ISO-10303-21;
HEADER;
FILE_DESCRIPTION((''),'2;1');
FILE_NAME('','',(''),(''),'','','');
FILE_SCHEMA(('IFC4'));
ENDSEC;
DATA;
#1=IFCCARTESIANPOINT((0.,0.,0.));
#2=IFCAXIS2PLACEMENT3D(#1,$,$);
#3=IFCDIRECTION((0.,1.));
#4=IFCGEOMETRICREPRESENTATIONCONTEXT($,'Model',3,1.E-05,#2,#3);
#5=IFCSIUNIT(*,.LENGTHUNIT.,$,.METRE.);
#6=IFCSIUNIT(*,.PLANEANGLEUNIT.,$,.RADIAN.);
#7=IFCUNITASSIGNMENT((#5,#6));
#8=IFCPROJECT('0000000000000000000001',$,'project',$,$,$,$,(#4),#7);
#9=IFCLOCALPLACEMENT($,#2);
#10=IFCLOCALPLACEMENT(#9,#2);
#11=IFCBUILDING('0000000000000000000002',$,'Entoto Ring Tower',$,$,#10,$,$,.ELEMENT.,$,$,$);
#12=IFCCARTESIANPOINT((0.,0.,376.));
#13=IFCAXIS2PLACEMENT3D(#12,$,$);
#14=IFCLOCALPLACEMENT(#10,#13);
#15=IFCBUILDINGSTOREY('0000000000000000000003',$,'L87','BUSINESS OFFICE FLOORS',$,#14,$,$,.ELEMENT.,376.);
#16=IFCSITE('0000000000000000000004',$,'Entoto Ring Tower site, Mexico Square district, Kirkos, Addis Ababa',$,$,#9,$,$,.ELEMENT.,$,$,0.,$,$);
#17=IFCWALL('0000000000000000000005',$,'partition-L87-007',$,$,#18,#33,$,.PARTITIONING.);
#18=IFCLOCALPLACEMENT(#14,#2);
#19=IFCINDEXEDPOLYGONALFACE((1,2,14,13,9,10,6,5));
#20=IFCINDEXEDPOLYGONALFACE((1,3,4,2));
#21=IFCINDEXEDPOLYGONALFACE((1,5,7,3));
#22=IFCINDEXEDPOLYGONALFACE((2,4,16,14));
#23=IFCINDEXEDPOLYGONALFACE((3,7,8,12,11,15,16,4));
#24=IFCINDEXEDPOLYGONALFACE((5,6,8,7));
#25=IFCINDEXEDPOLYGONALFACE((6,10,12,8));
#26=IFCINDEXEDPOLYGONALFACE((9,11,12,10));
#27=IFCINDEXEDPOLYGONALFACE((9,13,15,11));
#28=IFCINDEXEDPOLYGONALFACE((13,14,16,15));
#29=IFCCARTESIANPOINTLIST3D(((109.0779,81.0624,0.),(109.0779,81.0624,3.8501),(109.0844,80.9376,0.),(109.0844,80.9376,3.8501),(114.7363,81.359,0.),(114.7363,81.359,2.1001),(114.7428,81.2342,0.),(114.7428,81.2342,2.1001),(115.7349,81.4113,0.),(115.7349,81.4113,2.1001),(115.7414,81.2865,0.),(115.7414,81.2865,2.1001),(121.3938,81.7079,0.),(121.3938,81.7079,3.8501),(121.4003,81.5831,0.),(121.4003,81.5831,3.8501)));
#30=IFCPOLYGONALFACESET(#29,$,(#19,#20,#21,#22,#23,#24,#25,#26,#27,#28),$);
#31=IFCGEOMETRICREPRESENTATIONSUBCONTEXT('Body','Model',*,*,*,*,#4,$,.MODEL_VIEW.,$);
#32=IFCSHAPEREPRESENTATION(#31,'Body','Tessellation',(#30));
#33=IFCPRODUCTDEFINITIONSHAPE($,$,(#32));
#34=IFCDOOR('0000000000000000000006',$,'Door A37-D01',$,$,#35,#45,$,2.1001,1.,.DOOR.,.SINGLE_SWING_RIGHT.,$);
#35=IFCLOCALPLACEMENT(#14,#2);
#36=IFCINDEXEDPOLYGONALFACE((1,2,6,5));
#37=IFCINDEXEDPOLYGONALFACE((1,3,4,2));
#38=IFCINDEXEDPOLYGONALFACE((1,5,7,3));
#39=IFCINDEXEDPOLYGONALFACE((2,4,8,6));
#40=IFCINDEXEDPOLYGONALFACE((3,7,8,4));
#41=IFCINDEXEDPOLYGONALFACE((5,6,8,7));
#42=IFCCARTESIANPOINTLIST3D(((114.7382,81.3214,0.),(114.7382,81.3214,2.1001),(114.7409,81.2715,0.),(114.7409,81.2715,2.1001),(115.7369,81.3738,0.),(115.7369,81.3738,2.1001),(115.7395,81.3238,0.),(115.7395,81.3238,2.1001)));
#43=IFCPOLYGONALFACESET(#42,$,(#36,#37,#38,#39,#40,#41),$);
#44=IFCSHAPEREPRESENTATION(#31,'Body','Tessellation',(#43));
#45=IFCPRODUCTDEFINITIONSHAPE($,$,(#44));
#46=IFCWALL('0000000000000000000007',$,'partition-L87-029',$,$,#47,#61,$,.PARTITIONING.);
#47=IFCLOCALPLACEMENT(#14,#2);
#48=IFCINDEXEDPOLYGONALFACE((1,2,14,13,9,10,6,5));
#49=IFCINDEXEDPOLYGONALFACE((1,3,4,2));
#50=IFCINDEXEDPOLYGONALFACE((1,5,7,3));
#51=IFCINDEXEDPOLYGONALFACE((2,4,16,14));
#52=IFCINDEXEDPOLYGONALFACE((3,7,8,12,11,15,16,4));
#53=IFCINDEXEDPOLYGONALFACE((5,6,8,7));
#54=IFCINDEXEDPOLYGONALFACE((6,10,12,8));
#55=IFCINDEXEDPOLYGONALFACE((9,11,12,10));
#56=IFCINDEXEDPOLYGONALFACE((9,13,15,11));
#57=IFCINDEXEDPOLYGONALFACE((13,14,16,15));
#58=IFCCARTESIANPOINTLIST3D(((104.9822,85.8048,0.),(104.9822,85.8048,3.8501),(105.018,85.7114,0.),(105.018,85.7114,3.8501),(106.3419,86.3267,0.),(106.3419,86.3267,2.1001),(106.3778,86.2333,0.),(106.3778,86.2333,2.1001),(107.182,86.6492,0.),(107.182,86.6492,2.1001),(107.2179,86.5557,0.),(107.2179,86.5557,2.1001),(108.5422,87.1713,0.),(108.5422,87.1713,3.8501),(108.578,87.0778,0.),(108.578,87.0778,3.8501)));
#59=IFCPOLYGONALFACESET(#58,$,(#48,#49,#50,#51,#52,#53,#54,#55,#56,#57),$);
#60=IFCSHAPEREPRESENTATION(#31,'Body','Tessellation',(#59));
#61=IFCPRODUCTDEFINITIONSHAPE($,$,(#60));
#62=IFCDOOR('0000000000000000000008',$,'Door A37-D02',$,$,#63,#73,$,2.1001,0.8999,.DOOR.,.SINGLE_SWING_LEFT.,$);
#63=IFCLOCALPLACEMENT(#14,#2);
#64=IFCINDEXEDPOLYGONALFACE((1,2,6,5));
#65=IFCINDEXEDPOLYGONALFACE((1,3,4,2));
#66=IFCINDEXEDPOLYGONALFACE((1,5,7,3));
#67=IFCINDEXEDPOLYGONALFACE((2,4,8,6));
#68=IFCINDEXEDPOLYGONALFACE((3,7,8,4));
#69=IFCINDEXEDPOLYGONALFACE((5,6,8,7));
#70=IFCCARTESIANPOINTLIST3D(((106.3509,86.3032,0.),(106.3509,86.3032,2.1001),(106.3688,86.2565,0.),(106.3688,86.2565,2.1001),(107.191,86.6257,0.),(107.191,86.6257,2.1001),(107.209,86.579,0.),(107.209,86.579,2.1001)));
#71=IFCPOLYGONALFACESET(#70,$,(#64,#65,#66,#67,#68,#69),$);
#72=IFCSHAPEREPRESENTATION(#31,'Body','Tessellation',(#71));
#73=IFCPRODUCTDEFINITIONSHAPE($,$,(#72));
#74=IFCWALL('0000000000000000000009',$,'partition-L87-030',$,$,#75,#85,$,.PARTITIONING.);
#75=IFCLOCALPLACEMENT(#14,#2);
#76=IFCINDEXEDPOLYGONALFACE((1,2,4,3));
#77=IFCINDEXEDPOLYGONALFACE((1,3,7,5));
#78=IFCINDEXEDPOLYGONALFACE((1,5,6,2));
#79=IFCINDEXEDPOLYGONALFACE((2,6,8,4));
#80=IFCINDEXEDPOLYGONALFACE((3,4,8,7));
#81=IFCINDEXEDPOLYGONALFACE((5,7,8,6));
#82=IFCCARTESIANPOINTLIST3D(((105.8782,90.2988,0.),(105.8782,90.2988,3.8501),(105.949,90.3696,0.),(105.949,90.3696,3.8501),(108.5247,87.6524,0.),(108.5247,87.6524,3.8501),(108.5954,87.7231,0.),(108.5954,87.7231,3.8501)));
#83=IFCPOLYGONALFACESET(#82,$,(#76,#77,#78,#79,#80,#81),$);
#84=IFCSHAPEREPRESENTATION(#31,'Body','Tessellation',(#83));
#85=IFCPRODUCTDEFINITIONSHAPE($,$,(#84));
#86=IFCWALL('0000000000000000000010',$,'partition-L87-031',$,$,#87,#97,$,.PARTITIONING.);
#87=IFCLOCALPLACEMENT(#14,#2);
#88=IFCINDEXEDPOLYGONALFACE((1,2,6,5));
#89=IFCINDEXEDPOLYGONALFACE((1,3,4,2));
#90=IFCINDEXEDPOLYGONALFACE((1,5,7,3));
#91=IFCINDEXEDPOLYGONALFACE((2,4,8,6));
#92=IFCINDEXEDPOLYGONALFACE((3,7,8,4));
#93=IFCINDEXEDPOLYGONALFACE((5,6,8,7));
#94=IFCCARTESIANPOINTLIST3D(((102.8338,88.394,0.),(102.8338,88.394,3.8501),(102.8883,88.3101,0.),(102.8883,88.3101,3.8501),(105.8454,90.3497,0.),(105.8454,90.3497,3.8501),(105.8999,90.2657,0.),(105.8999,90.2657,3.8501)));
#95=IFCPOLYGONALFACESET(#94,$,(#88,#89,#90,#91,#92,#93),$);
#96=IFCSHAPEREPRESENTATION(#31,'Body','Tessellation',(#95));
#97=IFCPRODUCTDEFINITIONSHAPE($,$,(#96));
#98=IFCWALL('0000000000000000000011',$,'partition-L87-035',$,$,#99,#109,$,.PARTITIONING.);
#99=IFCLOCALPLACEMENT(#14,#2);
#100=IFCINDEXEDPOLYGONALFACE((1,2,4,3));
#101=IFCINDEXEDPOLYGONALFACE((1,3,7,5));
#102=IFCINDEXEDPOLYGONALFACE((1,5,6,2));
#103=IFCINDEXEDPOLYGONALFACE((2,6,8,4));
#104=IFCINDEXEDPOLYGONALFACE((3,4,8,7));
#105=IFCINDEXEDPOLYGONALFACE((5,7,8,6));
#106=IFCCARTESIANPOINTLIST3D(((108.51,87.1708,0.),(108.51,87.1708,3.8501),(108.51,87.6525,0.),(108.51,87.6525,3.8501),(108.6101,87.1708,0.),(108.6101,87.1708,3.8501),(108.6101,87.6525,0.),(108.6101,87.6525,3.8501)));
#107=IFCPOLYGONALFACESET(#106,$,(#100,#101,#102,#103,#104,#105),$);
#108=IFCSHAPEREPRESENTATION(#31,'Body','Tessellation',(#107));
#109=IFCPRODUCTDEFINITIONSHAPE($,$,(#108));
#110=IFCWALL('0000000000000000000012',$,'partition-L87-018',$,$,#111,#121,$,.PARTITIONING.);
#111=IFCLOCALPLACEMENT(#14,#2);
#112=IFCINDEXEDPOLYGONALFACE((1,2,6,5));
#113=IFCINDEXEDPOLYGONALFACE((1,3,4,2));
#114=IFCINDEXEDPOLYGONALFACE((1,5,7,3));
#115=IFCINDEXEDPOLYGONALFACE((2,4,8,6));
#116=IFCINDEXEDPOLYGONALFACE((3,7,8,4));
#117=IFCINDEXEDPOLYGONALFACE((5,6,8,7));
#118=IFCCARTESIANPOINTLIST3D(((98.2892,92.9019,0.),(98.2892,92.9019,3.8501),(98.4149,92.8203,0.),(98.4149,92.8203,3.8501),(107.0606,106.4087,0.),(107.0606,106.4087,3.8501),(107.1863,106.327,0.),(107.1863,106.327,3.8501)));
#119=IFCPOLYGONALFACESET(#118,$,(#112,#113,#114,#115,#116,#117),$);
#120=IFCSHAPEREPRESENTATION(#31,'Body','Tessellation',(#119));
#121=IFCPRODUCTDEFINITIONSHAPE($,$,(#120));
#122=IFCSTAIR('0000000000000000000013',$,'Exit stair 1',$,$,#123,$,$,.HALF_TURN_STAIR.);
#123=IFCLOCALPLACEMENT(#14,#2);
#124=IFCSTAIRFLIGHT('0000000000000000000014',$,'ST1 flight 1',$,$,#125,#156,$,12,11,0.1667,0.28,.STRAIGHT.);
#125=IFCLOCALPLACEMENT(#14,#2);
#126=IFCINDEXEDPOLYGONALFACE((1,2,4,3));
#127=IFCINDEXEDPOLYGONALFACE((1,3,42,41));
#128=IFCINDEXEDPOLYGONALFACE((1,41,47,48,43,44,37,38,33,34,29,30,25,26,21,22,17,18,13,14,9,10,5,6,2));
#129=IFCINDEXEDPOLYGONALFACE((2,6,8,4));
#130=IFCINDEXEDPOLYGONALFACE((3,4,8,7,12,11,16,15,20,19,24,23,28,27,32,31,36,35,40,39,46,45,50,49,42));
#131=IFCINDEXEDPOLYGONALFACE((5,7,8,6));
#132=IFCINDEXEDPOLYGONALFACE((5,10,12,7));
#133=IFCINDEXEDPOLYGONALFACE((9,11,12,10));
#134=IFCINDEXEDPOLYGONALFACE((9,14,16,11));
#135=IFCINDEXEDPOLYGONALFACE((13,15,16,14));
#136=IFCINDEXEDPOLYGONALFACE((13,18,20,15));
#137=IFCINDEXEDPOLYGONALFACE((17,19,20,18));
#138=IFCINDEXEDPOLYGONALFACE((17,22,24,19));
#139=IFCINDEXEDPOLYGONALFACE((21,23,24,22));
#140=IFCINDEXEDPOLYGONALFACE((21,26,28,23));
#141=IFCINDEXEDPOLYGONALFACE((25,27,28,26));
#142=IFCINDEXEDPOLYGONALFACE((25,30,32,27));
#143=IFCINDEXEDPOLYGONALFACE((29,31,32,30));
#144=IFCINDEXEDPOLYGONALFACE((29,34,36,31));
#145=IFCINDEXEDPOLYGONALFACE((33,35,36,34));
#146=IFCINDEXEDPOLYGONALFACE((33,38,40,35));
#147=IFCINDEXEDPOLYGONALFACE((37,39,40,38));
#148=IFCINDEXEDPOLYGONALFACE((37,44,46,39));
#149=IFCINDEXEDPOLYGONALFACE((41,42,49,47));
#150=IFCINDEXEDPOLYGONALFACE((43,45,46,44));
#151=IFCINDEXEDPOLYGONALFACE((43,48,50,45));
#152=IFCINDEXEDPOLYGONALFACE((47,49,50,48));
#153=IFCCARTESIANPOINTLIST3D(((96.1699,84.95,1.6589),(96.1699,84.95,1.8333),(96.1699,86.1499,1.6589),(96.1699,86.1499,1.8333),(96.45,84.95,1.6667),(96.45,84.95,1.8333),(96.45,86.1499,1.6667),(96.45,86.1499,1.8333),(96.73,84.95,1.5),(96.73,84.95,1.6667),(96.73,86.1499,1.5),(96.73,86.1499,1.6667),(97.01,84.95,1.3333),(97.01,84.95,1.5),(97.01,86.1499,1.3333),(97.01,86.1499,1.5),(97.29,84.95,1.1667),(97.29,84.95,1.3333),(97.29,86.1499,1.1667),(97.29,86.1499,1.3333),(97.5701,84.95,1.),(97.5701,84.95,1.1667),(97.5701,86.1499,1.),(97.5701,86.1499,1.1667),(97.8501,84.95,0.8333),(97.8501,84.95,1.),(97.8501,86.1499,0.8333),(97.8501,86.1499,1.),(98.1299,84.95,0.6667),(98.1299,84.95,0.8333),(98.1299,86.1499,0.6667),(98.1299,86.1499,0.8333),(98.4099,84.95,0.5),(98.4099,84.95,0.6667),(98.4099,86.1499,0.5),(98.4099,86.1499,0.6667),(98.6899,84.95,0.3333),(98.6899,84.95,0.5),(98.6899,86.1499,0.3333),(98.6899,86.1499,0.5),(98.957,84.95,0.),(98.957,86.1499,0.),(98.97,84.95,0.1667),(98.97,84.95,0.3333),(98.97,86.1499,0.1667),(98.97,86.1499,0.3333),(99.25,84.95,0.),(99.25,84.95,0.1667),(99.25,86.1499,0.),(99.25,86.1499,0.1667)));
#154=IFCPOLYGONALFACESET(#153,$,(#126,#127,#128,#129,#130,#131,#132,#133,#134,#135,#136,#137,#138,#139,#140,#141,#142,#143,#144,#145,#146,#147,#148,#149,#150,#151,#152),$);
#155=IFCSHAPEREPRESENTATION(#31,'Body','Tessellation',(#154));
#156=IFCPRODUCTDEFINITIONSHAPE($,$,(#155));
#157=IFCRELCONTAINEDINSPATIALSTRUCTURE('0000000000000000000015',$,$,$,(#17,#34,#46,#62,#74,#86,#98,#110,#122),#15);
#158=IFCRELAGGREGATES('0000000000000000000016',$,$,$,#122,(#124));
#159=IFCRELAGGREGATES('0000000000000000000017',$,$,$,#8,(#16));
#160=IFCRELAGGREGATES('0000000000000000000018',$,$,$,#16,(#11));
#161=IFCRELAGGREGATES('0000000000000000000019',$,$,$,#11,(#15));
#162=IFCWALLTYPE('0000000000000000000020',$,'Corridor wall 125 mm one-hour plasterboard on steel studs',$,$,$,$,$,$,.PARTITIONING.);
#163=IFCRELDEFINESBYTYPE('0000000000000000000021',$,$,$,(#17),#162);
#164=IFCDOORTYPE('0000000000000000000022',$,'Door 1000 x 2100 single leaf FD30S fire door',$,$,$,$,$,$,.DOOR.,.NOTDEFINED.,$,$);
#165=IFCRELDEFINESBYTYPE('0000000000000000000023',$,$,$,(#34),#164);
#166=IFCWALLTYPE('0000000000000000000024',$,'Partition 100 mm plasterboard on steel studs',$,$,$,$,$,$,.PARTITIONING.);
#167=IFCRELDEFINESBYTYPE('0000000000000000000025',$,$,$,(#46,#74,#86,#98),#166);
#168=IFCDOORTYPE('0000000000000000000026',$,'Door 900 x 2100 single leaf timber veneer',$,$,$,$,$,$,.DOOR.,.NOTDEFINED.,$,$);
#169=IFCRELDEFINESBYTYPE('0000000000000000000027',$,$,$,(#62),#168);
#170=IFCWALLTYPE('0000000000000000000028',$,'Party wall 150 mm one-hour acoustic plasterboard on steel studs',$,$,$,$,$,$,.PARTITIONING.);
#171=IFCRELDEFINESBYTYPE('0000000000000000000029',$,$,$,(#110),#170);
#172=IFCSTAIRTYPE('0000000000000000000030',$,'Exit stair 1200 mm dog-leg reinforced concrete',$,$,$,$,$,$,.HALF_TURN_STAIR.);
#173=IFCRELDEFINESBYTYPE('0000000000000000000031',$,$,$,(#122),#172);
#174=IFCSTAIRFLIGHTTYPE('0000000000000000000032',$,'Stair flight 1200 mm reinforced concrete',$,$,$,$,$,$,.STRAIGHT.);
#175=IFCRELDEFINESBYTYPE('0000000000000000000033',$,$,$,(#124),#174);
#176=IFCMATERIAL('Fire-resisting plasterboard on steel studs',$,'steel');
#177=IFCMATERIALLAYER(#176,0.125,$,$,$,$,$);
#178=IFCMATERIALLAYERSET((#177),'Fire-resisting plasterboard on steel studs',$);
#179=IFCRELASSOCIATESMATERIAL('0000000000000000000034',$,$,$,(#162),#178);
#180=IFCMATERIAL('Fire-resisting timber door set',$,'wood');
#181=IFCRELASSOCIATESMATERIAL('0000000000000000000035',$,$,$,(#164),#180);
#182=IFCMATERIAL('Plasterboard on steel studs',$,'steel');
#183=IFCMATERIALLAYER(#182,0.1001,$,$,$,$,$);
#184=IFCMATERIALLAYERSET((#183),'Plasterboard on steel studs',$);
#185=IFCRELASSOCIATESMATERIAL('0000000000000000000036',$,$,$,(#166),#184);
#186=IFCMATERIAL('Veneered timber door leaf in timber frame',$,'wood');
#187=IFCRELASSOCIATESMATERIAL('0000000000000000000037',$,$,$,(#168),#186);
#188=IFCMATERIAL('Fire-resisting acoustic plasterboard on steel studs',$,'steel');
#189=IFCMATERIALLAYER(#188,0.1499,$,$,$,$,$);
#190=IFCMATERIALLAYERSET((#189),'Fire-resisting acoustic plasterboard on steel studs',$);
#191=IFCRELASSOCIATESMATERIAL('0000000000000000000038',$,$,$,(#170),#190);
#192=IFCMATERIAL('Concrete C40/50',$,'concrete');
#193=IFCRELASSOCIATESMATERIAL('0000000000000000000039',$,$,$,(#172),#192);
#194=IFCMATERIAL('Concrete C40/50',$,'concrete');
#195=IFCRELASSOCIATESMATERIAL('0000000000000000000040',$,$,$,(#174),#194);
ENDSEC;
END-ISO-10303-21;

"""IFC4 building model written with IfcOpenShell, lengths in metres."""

from ifc_helpers import new_model, si_unit, direction, frame, frame_2d, origin, place, context, subcontext, project, spatial, polyline, rectangle, outline, extrude, material, layer, layer_set, type_object, element, fill, aggregate, save


model = new_model("IFC4")

# Units and contexts
model_context = context("Model", 3, precision=1e-05, world=origin(), true_north=direction((0.0, 1.0)))
body_context = subcontext(model_context, "Body", "Model", "MODEL_VIEW")
ifc_project = project(units=[si_unit("LENGTHUNIT", "METRE"), si_unit("PLANEANGLEUNIT", "RADIAN")], contexts=[model_context])

# Site, building, storey
site_placement = place(None, origin())
site = spatial("IfcSite", under=ifc_project, at=site_placement, Name="Entoto Ring Tower site, Mexico Square district, Kirkos, Addis Ababa", CompositionType="ELEMENT", RefElevation=0.0)
building_placement = place(site_placement, origin())
building = spatial("IfcBuilding", under=site, at=building_placement, Name="Entoto Ring Tower", CompositionType="ELEMENT")
storey_placement = place(building_placement, frame((0.0, 0.0, 376.0)))
storey = spatial("IfcBuildingStorey", under=building, at=storey_placement, Name="L87", Description="BUSINESS OFFICE FLOORS", CompositionType="ELEMENT", Elevation=376.0)

# Walls, openings, doors
ifc_material_1 = material(Name="Fire-resisting plasterboard on steel studs", Category="steel")
ifc_layer_1 = layer(ifc_material_1, 0.125)
ifc_layer_set_1 = layer_set([ifc_layer_1], Name="Fire-resisting plasterboard on steel studs")
wall_type_1 = type_object("IfcWallType", Name="Corridor wall 125 mm one-hour plasterboard on steel studs", PredefinedType="PARTITIONING", material=ifc_layer_set_1)
wall_1_placement = place(storey_placement, frame((109.0811, 81.0, 0.0), z_axis=(0.0, 0.0, 1.0), x_axis=(0.998629, 0.052341, 0.0)))
wall_1 = element("IfcWall", 1, at=wall_1_placement, inside=storey, type_object=wall_type_1, Name="partition-L87-007", PredefinedType="PARTITIONING", context=body_context, shape_type="SweptSolid", body=[
    extrude(rectangle(XDim=12.3328, YDim=0.125, at=frame_2d((6.1665, 0.0))), origin(), (0.0, 0.0, 1.0), 3.8501),
])
opening_1_placement = place(wall_1_placement, frame((5.6663, 0.0, 0.0)))
opening_1 = element("IfcOpeningElement", 2, at=opening_1_placement, cuts=wall_1, PredefinedType="OPENING", context=body_context, shape_type="SweptSolid", body=[
    extrude(rectangle(XDim=1.0, YDim=2.1001, at=frame_2d((0.5, 1.05))), frame((0.0, 0.0725, 0.0), z_axis=(0.0, -1.0, 0.0), x_axis=(1.0, 0.0, 0.0)), (0.0, 0.0, 1.0), 0.145),
])
ifc_material_2 = material(Name="Fire-resisting timber door set", Category="wood")
door_type_1 = type_object("IfcDoorType", Name="Door 1000 x 2100 single leaf FD30S fire door", OperationType="NOTDEFINED", PredefinedType="DOOR", material=ifc_material_2)
door_1_placement = place(opening_1_placement, origin())
door_1 = element("IfcDoor", 3, at=door_1_placement, inside=storey, type_object=door_type_1, Name="Door A37-D01", OperationType="SINGLE_SWING_RIGHT", OverallHeight=2.1001, OverallWidth=1.0, PredefinedType="DOOR", context=body_context, shape_type="SweptSolid", body=[
    extrude(rectangle(XDim=1.0, YDim=2.1001, at=frame_2d((0.5, 1.05))), frame((0.0, 0.0249, 0.0), z_axis=(0.0, -1.0, 0.0), x_axis=(1.0, 0.0, 0.0)), (0.0, 0.0, 1.0), 0.05),
])
fill(opening_1, door_1)
ifc_material_3 = material(Name="Plasterboard on steel studs", Category="steel")
ifc_layer_2 = layer(ifc_material_3, 0.1001)
ifc_layer_set_2 = layer_set([ifc_layer_2], Name="Plasterboard on steel studs")
wall_type_2 = type_object("IfcWallType", Name="Partition 100 mm plasterboard on steel studs", PredefinedType="PARTITIONING", material=ifc_layer_set_2)
wall_2_placement = place(storey_placement, frame((105.0, 85.7581, 0.0), z_axis=(0.0, 0.0, 1.0), x_axis=(0.933591, 0.35834, 0.0)))
wall_2 = element("IfcWall", 4, at=wall_2_placement, inside=storey, type_object=wall_type_2, Name="partition-L87-029", PredefinedType="PARTITIONING", context=body_context, shape_type="SweptSolid", body=[
    extrude(rectangle(XDim=3.8132, YDim=0.1001, at=frame_2d((1.9067, 0.0))), origin(), (0.0, 0.0, 1.0), 3.8501),
])
opening_2_placement = place(wall_2_placement, frame((1.4565, 0.0, 0.0)))
opening_2 = element("IfcOpeningElement", 5, at=opening_2_placement, cuts=wall_2, PredefinedType="OPENING", context=body_context, shape_type="SweptSolid", body=[
    extrude(rectangle(XDim=0.8999, YDim=2.1001, at=frame_2d((0.45, 1.05))), frame((0.0, 0.0601, 0.0), z_axis=(0.0, -1.0, 0.0), x_axis=(1.0, 0.0, 0.0)), (0.0, 0.0, 1.0), 0.1201),
])
ifc_material_4 = material(Name="Veneered timber door leaf in timber frame", Category="wood")
door_type_2 = type_object("IfcDoorType", Name="Door 900 x 2100 single leaf timber veneer", OperationType="NOTDEFINED", PredefinedType="DOOR", material=ifc_material_4)
door_2_placement = place(opening_2_placement, origin())
door_2 = element("IfcDoor", 6, at=door_2_placement, inside=storey, type_object=door_type_2, Name="Door A37-D02", OperationType="SINGLE_SWING_LEFT", OverallHeight=2.1001, OverallWidth=0.8999, PredefinedType="DOOR", context=body_context, shape_type="SweptSolid", body=[
    extrude(rectangle(XDim=0.8999, YDim=2.1001, at=frame_2d((0.45, 1.05))), frame((0.0, 0.0249, 0.0), z_axis=(0.0, -1.0, 0.0), x_axis=(1.0, 0.0, 0.0)), (0.0, 0.0, 1.0), 0.05),
])
fill(opening_2, door_2)

# Walls
wall_3_placement = place(storey_placement, frame((108.5601, 87.6877, 0.0), z_axis=(0.0, 0.0, 1.0), x_axis=(-0.707107, 0.707107, 0.0)))
element("IfcWall", 7, at=wall_3_placement, inside=storey, type_object=wall_type_2, Name="partition-L87-030", PredefinedType="PARTITIONING", context=body_context, shape_type="SweptSolid", body=[
    extrude(rectangle(XDim=3.7427, YDim=0.1001, at=frame_2d((1.8713, 0.0))), origin(), (0.0, 0.0, 1.0), 3.8501),
])
wall_4_placement = place(storey_placement, frame((102.8611, 88.3521, 0.0), z_axis=(0.0, 0.0, 1.0), x_axis=(0.838684, 0.544618, 0.0)))
element("IfcWall", 8, at=wall_4_placement, inside=storey, type_object=wall_type_2, Name="partition-L87-031", PredefinedType="PARTITIONING", context=body_context, shape_type="SweptSolid", body=[
    extrude(rectangle(XDim=3.5908, YDim=0.1001, at=frame_2d((1.7954, 0.0))), origin(), (0.0, 0.0, 1.0), 3.8501),
])
wall_5_placement = place(storey_placement, frame((108.5601, 87.1709, 0.0), z_axis=(0.0, 0.0, 1.0), x_axis=(0.0, 1.0, 0.0)))
element("IfcWall", 9, at=wall_5_placement, inside=storey, type_object=wall_type_2, Name="partition-L87-035", PredefinedType="PARTITIONING", context=body_context, shape_type="SweptSolid", body=[
    extrude(rectangle(XDim=0.4817, YDim=0.1001, at=frame_2d((0.2407, 0.0))), origin(), (0.0, 0.0, 1.0), 3.8501),
])
ifc_material_5 = material(Name="Fire-resisting acoustic plasterboard on steel studs", Category="steel")
ifc_layer_3 = layer(ifc_material_5, 0.1499)
ifc_layer_set_3 = layer_set([ifc_layer_3], Name="Fire-resisting acoustic plasterboard on steel studs")
wall_type_3 = type_object("IfcWallType", Name="Party wall 150 mm one-hour acoustic plasterboard on steel studs", PredefinedType="PARTITIONING", material=ifc_layer_set_3)
wall_6_placement = place(storey_placement, frame((98.3521, 92.8611, 0.0), z_axis=(0.0, 0.0, 1.0), x_axis=(0.544641, 0.838669, 0.0)))
element("IfcWall", 10, at=wall_6_placement, inside=storey, type_object=wall_type_3, Name="partition-L87-018", PredefinedType="PARTITIONING", context=body_context, shape_type="SweptSolid", body=[
    extrude(rectangle(XDim=16.105, YDim=0.1499, at=frame_2d((8.0525, 0.0))), origin(), (0.0, 0.0, 1.0), 3.8501),
])

# Stair, stair flight
ifc_material_6 = material(Name="Concrete C40/50", Category="concrete")
stair_type = type_object("IfcStairType", Name="Exit stair 1200 mm dog-leg reinforced concrete", PredefinedType="HALF_TURN_STAIR", material=ifc_material_6)
stair_placement = place(storey_placement, origin())
stair = element("IfcStair", 11, at=stair_placement, inside=storey, type_object=stair_type, Name="Exit stair 1", PredefinedType="HALF_TURN_STAIR")
ifc_material_7 = material(Name="Concrete C40/50", Category="concrete")
stair_flight_type = type_object("IfcStairFlightType", Name="Stair flight 1200 mm reinforced concrete", PredefinedType="STRAIGHT", material=ifc_material_7)
stair_flight_placement = place(storey_placement, frame((99.25, 85.55, 0.0), z_axis=(0.0, 0.0, 1.0), x_axis=(-1.0, 0.0, 0.0)))
stair_flight = element("IfcStairFlight", 12, at=stair_flight_placement, type_object=stair_flight_type, Name="ST1 flight 1", NumberOfRisers=12, NumberOfTreads=11, PredefinedType="STRAIGHT", RiserHeight=0.1667, TreadLength=0.28, context=body_context, shape_type="SweptSolid", body=[
    extrude(outline(polyline([(0.0, 0.0), (0.0, 0.1667), (0.28, 0.1667), (0.28, 0.3333), (0.5601, 0.3333), (0.5601, 0.5), (0.8401, 0.5), (0.8401, 0.6667), (1.1201, 0.6667), (1.1201, 0.8333), (1.3999, 0.8333), (1.3999, 1.0), (1.6799, 1.0), (1.6799, 1.1667), (1.96, 1.1667), (1.96, 1.3333), (2.24, 1.3333), (2.24, 1.5), (2.52, 1.5), (2.52, 1.6667), (2.8, 1.6667), (2.8, 1.8333), (3.0801, 1.8333), (3.0801, 2.0), (3.0801, 1.6589), (0.293, 0.0), (0.0, 0.0)])), frame((0.0, 0.6001, 0.0), z_axis=(0.0, -1.0, 0.0), x_axis=(1.0, 0.0, 0.0)), (0.0, 0.0, 1.0), 1.2),
])
aggregate(stair, [stair_flight])

save(model, "model.ifc")
